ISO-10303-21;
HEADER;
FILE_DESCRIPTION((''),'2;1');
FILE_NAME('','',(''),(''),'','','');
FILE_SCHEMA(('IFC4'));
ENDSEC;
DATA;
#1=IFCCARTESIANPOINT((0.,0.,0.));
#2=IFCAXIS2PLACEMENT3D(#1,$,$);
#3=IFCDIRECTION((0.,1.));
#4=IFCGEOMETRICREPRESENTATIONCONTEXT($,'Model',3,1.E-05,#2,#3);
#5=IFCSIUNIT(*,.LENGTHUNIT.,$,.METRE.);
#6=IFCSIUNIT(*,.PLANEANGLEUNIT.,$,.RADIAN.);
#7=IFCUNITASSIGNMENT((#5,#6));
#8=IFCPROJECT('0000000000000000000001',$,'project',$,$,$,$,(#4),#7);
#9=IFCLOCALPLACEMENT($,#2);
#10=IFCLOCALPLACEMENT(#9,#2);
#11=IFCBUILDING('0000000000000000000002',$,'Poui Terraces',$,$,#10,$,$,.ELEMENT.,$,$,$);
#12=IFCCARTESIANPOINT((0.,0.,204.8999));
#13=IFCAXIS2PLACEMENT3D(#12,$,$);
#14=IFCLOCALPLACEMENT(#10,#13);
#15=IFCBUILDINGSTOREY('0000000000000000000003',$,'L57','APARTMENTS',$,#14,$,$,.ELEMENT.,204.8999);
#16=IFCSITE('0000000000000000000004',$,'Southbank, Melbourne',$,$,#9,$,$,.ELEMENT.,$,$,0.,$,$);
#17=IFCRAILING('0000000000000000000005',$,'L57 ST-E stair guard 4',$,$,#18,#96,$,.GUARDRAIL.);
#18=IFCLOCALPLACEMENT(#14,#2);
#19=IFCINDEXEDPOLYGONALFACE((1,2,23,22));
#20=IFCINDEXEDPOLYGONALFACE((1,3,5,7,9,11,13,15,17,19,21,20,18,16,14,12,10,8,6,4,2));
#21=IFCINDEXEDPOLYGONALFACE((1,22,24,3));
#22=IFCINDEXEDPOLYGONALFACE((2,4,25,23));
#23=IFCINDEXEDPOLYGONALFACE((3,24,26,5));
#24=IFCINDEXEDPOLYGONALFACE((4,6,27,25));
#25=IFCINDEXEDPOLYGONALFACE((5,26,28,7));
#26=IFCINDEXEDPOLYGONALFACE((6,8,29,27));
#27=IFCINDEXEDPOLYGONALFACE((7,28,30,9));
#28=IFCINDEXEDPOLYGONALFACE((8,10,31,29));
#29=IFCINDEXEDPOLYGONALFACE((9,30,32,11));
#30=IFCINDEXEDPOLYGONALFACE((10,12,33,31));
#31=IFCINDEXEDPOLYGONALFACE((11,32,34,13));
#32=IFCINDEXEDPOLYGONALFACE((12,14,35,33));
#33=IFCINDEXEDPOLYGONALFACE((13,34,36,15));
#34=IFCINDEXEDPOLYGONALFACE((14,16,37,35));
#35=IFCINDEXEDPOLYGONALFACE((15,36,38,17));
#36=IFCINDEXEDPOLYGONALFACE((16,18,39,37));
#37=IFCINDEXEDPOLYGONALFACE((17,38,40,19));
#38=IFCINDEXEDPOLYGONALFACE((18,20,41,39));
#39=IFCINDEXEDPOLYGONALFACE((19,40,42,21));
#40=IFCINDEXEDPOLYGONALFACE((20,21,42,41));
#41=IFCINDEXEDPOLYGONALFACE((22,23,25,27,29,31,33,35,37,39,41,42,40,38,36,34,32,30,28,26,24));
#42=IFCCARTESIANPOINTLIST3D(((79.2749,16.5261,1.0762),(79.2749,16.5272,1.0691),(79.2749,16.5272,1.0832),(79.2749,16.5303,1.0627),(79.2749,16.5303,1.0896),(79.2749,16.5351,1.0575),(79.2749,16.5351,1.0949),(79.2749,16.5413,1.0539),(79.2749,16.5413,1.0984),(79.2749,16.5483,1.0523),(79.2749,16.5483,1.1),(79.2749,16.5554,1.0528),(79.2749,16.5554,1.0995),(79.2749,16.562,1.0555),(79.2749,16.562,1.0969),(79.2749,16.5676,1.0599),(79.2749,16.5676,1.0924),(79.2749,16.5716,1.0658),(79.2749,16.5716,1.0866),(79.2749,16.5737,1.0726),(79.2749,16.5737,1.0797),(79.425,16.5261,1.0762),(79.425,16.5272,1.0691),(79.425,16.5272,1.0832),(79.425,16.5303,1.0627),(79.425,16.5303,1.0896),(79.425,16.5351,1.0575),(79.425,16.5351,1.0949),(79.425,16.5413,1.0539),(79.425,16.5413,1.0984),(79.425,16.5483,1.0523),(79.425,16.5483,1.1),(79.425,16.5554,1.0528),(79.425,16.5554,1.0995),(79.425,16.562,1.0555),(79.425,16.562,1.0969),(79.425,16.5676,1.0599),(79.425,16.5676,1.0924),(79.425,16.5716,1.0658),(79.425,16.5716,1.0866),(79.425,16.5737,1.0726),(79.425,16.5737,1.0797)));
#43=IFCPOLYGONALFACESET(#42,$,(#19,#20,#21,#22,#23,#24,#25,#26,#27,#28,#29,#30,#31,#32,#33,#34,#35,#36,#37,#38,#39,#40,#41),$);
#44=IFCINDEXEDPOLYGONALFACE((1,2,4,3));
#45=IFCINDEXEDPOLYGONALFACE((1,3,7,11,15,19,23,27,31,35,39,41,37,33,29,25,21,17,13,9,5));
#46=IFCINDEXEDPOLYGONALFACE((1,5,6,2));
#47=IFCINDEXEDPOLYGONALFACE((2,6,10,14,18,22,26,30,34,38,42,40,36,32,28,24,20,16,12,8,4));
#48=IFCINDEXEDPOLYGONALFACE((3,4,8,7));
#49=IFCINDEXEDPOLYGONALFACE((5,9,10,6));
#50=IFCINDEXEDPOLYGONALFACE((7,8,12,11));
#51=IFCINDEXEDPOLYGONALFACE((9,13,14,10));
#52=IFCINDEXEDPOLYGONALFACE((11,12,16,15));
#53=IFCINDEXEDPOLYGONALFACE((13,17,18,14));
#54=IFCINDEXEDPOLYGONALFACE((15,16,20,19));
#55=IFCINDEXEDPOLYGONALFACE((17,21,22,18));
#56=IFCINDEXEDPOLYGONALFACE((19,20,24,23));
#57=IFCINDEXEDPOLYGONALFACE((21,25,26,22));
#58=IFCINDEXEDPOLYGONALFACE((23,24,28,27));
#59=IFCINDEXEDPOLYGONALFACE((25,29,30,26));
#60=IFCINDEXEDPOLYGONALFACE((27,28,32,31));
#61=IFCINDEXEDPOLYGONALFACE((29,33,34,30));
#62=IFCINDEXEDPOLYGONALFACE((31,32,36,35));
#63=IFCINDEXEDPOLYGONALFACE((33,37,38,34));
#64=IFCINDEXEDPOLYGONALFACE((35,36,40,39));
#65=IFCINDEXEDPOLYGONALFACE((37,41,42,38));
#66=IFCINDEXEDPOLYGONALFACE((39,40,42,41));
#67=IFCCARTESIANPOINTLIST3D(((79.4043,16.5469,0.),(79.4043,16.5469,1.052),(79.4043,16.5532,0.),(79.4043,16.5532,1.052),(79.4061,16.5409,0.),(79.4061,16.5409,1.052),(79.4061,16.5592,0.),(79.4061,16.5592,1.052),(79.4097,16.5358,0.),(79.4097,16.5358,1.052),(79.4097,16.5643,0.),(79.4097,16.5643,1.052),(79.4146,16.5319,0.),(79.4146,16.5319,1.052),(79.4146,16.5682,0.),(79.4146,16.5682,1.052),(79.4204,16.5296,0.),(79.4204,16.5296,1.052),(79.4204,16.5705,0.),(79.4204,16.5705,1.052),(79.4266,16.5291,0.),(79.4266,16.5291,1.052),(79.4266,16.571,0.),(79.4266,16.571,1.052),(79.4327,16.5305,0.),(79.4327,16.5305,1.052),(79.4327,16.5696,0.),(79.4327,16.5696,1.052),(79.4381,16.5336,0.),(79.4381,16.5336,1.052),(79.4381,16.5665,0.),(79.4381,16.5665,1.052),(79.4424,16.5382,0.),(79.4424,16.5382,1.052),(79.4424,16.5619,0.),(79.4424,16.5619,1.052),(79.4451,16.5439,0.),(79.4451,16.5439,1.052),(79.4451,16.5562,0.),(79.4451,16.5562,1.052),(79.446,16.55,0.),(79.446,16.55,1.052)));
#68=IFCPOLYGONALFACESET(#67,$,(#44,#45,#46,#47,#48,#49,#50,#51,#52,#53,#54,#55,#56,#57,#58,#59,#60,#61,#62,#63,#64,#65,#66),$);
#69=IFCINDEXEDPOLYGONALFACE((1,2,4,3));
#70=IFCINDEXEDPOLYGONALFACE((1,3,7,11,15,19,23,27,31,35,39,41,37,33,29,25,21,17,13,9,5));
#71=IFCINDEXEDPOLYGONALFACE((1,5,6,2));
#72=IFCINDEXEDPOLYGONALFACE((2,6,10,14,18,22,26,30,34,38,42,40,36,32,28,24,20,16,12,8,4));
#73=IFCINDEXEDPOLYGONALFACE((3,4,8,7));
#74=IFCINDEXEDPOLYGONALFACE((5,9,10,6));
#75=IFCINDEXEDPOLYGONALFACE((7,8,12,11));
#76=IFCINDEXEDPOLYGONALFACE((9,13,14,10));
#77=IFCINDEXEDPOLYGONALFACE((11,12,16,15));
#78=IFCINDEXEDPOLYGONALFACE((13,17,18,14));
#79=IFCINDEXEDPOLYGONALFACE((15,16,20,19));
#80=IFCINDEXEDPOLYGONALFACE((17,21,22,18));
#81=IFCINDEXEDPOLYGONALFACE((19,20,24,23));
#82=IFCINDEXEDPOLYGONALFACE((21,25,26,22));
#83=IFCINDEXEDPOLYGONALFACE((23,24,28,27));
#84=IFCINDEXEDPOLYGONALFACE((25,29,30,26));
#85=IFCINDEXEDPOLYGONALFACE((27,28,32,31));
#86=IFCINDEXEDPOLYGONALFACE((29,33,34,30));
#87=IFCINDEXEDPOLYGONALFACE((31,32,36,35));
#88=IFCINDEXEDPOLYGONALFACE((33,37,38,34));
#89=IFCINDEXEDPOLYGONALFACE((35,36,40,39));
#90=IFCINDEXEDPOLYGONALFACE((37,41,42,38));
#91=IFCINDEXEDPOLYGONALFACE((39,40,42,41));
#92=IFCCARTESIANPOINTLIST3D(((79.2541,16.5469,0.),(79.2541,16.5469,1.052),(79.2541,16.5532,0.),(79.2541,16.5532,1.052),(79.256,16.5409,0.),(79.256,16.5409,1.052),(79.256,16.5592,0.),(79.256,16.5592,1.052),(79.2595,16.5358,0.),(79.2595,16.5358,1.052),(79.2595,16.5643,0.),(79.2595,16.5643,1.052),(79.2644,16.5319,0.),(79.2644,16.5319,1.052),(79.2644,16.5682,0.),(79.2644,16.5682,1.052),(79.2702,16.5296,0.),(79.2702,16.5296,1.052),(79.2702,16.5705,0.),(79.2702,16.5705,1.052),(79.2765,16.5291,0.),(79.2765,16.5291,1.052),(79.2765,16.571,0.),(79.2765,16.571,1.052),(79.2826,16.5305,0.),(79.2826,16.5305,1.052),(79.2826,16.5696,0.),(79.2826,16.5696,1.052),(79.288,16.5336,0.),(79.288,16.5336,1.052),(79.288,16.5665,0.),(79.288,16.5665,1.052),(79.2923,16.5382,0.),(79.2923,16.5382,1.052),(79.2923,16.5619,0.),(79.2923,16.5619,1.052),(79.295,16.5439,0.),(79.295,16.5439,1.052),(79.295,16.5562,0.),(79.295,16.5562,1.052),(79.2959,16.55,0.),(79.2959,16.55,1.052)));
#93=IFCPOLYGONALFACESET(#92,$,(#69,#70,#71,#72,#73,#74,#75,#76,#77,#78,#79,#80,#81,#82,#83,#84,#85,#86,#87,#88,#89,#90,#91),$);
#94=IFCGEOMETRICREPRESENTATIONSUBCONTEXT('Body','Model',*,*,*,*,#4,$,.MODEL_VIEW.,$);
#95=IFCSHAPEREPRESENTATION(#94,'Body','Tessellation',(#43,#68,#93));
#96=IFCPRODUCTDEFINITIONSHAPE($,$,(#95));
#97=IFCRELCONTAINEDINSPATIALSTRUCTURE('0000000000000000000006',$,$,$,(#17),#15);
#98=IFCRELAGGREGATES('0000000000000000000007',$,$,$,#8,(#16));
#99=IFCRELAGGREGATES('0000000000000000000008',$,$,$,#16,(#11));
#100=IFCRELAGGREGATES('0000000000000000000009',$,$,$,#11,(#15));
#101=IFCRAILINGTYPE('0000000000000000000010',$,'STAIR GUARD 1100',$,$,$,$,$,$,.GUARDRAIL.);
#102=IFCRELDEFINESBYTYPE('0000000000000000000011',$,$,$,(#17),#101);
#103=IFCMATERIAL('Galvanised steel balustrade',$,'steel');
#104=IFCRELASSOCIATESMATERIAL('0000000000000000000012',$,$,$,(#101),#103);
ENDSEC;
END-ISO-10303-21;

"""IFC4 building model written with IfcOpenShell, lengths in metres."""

from ifc_helpers import new_model, si_unit, direction, frame, origin, origin_2d, place, context, subcontext, project, spatial, circle, extrude, material, type_object, element, save


model = new_model("IFC4")

# Units and contexts
model_context = context("Model", 3, precision=1e-05, world=origin(), true_north=direction((0.0, 1.0)))
body_context = subcontext(model_context, "Body", "Model", "MODEL_VIEW")
ifc_project = project(units=[si_unit("LENGTHUNIT", "METRE"), si_unit("PLANEANGLEUNIT", "RADIAN")], contexts=[model_context])

# Site, building, storey
site_placement = place(None, origin())
site = spatial("IfcSite", under=ifc_project, at=site_placement, Name="Southbank, Melbourne", CompositionType="ELEMENT", RefElevation=0.0)
building_placement = place(site_placement, origin())
building = spatial("IfcBuilding", under=site, at=building_placement, Name="Poui Terraces", CompositionType="ELEMENT")
storey_placement = place(building_placement, frame((0.0, 0.0, 204.8999)))
storey = spatial("IfcBuildingStorey", under=building, at=storey_placement, Name="L57", Description="APARTMENTS", CompositionType="ELEMENT", Elevation=204.8999)

# Railing
ifc_material_1 = material(Name="Galvanised steel balustrade", Category="steel")
railing_type_1 = type_object("IfcRailingType", Name="STAIR GUARD 1100", PredefinedType="GUARDRAIL", material=ifc_material_1)
railing_1_placement = place(storey_placement, frame((79.425, 16.55, 0.0)))
element("IfcRailing", 1, at=railing_1_placement, inside=storey, type_object=railing_type_1, Name="L57 ST-E stair guard 4", PredefinedType="GUARDRAIL", context=body_context, shape_type="SweptSolid", body=[
    extrude(circle(Radius=0.0239, at=origin_2d()), frame((0.0, 0.0, 1.0762), z_axis=(-1.0, 0.0, 0.0), x_axis=(0.0, -1.0, 0.0)), (0.0, 0.0, 1.0), 0.1501),
    extrude(circle(Radius=0.021, at=origin_2d()), origin(), (0.0, 0.0, 1.0), 1.052),
    extrude(circle(Radius=0.021, at=origin_2d()), frame((-0.1501, 0.0, 0.0)), (0.0, 0.0, 1.0), 1.052),
])

save(model, "model.ifc")
